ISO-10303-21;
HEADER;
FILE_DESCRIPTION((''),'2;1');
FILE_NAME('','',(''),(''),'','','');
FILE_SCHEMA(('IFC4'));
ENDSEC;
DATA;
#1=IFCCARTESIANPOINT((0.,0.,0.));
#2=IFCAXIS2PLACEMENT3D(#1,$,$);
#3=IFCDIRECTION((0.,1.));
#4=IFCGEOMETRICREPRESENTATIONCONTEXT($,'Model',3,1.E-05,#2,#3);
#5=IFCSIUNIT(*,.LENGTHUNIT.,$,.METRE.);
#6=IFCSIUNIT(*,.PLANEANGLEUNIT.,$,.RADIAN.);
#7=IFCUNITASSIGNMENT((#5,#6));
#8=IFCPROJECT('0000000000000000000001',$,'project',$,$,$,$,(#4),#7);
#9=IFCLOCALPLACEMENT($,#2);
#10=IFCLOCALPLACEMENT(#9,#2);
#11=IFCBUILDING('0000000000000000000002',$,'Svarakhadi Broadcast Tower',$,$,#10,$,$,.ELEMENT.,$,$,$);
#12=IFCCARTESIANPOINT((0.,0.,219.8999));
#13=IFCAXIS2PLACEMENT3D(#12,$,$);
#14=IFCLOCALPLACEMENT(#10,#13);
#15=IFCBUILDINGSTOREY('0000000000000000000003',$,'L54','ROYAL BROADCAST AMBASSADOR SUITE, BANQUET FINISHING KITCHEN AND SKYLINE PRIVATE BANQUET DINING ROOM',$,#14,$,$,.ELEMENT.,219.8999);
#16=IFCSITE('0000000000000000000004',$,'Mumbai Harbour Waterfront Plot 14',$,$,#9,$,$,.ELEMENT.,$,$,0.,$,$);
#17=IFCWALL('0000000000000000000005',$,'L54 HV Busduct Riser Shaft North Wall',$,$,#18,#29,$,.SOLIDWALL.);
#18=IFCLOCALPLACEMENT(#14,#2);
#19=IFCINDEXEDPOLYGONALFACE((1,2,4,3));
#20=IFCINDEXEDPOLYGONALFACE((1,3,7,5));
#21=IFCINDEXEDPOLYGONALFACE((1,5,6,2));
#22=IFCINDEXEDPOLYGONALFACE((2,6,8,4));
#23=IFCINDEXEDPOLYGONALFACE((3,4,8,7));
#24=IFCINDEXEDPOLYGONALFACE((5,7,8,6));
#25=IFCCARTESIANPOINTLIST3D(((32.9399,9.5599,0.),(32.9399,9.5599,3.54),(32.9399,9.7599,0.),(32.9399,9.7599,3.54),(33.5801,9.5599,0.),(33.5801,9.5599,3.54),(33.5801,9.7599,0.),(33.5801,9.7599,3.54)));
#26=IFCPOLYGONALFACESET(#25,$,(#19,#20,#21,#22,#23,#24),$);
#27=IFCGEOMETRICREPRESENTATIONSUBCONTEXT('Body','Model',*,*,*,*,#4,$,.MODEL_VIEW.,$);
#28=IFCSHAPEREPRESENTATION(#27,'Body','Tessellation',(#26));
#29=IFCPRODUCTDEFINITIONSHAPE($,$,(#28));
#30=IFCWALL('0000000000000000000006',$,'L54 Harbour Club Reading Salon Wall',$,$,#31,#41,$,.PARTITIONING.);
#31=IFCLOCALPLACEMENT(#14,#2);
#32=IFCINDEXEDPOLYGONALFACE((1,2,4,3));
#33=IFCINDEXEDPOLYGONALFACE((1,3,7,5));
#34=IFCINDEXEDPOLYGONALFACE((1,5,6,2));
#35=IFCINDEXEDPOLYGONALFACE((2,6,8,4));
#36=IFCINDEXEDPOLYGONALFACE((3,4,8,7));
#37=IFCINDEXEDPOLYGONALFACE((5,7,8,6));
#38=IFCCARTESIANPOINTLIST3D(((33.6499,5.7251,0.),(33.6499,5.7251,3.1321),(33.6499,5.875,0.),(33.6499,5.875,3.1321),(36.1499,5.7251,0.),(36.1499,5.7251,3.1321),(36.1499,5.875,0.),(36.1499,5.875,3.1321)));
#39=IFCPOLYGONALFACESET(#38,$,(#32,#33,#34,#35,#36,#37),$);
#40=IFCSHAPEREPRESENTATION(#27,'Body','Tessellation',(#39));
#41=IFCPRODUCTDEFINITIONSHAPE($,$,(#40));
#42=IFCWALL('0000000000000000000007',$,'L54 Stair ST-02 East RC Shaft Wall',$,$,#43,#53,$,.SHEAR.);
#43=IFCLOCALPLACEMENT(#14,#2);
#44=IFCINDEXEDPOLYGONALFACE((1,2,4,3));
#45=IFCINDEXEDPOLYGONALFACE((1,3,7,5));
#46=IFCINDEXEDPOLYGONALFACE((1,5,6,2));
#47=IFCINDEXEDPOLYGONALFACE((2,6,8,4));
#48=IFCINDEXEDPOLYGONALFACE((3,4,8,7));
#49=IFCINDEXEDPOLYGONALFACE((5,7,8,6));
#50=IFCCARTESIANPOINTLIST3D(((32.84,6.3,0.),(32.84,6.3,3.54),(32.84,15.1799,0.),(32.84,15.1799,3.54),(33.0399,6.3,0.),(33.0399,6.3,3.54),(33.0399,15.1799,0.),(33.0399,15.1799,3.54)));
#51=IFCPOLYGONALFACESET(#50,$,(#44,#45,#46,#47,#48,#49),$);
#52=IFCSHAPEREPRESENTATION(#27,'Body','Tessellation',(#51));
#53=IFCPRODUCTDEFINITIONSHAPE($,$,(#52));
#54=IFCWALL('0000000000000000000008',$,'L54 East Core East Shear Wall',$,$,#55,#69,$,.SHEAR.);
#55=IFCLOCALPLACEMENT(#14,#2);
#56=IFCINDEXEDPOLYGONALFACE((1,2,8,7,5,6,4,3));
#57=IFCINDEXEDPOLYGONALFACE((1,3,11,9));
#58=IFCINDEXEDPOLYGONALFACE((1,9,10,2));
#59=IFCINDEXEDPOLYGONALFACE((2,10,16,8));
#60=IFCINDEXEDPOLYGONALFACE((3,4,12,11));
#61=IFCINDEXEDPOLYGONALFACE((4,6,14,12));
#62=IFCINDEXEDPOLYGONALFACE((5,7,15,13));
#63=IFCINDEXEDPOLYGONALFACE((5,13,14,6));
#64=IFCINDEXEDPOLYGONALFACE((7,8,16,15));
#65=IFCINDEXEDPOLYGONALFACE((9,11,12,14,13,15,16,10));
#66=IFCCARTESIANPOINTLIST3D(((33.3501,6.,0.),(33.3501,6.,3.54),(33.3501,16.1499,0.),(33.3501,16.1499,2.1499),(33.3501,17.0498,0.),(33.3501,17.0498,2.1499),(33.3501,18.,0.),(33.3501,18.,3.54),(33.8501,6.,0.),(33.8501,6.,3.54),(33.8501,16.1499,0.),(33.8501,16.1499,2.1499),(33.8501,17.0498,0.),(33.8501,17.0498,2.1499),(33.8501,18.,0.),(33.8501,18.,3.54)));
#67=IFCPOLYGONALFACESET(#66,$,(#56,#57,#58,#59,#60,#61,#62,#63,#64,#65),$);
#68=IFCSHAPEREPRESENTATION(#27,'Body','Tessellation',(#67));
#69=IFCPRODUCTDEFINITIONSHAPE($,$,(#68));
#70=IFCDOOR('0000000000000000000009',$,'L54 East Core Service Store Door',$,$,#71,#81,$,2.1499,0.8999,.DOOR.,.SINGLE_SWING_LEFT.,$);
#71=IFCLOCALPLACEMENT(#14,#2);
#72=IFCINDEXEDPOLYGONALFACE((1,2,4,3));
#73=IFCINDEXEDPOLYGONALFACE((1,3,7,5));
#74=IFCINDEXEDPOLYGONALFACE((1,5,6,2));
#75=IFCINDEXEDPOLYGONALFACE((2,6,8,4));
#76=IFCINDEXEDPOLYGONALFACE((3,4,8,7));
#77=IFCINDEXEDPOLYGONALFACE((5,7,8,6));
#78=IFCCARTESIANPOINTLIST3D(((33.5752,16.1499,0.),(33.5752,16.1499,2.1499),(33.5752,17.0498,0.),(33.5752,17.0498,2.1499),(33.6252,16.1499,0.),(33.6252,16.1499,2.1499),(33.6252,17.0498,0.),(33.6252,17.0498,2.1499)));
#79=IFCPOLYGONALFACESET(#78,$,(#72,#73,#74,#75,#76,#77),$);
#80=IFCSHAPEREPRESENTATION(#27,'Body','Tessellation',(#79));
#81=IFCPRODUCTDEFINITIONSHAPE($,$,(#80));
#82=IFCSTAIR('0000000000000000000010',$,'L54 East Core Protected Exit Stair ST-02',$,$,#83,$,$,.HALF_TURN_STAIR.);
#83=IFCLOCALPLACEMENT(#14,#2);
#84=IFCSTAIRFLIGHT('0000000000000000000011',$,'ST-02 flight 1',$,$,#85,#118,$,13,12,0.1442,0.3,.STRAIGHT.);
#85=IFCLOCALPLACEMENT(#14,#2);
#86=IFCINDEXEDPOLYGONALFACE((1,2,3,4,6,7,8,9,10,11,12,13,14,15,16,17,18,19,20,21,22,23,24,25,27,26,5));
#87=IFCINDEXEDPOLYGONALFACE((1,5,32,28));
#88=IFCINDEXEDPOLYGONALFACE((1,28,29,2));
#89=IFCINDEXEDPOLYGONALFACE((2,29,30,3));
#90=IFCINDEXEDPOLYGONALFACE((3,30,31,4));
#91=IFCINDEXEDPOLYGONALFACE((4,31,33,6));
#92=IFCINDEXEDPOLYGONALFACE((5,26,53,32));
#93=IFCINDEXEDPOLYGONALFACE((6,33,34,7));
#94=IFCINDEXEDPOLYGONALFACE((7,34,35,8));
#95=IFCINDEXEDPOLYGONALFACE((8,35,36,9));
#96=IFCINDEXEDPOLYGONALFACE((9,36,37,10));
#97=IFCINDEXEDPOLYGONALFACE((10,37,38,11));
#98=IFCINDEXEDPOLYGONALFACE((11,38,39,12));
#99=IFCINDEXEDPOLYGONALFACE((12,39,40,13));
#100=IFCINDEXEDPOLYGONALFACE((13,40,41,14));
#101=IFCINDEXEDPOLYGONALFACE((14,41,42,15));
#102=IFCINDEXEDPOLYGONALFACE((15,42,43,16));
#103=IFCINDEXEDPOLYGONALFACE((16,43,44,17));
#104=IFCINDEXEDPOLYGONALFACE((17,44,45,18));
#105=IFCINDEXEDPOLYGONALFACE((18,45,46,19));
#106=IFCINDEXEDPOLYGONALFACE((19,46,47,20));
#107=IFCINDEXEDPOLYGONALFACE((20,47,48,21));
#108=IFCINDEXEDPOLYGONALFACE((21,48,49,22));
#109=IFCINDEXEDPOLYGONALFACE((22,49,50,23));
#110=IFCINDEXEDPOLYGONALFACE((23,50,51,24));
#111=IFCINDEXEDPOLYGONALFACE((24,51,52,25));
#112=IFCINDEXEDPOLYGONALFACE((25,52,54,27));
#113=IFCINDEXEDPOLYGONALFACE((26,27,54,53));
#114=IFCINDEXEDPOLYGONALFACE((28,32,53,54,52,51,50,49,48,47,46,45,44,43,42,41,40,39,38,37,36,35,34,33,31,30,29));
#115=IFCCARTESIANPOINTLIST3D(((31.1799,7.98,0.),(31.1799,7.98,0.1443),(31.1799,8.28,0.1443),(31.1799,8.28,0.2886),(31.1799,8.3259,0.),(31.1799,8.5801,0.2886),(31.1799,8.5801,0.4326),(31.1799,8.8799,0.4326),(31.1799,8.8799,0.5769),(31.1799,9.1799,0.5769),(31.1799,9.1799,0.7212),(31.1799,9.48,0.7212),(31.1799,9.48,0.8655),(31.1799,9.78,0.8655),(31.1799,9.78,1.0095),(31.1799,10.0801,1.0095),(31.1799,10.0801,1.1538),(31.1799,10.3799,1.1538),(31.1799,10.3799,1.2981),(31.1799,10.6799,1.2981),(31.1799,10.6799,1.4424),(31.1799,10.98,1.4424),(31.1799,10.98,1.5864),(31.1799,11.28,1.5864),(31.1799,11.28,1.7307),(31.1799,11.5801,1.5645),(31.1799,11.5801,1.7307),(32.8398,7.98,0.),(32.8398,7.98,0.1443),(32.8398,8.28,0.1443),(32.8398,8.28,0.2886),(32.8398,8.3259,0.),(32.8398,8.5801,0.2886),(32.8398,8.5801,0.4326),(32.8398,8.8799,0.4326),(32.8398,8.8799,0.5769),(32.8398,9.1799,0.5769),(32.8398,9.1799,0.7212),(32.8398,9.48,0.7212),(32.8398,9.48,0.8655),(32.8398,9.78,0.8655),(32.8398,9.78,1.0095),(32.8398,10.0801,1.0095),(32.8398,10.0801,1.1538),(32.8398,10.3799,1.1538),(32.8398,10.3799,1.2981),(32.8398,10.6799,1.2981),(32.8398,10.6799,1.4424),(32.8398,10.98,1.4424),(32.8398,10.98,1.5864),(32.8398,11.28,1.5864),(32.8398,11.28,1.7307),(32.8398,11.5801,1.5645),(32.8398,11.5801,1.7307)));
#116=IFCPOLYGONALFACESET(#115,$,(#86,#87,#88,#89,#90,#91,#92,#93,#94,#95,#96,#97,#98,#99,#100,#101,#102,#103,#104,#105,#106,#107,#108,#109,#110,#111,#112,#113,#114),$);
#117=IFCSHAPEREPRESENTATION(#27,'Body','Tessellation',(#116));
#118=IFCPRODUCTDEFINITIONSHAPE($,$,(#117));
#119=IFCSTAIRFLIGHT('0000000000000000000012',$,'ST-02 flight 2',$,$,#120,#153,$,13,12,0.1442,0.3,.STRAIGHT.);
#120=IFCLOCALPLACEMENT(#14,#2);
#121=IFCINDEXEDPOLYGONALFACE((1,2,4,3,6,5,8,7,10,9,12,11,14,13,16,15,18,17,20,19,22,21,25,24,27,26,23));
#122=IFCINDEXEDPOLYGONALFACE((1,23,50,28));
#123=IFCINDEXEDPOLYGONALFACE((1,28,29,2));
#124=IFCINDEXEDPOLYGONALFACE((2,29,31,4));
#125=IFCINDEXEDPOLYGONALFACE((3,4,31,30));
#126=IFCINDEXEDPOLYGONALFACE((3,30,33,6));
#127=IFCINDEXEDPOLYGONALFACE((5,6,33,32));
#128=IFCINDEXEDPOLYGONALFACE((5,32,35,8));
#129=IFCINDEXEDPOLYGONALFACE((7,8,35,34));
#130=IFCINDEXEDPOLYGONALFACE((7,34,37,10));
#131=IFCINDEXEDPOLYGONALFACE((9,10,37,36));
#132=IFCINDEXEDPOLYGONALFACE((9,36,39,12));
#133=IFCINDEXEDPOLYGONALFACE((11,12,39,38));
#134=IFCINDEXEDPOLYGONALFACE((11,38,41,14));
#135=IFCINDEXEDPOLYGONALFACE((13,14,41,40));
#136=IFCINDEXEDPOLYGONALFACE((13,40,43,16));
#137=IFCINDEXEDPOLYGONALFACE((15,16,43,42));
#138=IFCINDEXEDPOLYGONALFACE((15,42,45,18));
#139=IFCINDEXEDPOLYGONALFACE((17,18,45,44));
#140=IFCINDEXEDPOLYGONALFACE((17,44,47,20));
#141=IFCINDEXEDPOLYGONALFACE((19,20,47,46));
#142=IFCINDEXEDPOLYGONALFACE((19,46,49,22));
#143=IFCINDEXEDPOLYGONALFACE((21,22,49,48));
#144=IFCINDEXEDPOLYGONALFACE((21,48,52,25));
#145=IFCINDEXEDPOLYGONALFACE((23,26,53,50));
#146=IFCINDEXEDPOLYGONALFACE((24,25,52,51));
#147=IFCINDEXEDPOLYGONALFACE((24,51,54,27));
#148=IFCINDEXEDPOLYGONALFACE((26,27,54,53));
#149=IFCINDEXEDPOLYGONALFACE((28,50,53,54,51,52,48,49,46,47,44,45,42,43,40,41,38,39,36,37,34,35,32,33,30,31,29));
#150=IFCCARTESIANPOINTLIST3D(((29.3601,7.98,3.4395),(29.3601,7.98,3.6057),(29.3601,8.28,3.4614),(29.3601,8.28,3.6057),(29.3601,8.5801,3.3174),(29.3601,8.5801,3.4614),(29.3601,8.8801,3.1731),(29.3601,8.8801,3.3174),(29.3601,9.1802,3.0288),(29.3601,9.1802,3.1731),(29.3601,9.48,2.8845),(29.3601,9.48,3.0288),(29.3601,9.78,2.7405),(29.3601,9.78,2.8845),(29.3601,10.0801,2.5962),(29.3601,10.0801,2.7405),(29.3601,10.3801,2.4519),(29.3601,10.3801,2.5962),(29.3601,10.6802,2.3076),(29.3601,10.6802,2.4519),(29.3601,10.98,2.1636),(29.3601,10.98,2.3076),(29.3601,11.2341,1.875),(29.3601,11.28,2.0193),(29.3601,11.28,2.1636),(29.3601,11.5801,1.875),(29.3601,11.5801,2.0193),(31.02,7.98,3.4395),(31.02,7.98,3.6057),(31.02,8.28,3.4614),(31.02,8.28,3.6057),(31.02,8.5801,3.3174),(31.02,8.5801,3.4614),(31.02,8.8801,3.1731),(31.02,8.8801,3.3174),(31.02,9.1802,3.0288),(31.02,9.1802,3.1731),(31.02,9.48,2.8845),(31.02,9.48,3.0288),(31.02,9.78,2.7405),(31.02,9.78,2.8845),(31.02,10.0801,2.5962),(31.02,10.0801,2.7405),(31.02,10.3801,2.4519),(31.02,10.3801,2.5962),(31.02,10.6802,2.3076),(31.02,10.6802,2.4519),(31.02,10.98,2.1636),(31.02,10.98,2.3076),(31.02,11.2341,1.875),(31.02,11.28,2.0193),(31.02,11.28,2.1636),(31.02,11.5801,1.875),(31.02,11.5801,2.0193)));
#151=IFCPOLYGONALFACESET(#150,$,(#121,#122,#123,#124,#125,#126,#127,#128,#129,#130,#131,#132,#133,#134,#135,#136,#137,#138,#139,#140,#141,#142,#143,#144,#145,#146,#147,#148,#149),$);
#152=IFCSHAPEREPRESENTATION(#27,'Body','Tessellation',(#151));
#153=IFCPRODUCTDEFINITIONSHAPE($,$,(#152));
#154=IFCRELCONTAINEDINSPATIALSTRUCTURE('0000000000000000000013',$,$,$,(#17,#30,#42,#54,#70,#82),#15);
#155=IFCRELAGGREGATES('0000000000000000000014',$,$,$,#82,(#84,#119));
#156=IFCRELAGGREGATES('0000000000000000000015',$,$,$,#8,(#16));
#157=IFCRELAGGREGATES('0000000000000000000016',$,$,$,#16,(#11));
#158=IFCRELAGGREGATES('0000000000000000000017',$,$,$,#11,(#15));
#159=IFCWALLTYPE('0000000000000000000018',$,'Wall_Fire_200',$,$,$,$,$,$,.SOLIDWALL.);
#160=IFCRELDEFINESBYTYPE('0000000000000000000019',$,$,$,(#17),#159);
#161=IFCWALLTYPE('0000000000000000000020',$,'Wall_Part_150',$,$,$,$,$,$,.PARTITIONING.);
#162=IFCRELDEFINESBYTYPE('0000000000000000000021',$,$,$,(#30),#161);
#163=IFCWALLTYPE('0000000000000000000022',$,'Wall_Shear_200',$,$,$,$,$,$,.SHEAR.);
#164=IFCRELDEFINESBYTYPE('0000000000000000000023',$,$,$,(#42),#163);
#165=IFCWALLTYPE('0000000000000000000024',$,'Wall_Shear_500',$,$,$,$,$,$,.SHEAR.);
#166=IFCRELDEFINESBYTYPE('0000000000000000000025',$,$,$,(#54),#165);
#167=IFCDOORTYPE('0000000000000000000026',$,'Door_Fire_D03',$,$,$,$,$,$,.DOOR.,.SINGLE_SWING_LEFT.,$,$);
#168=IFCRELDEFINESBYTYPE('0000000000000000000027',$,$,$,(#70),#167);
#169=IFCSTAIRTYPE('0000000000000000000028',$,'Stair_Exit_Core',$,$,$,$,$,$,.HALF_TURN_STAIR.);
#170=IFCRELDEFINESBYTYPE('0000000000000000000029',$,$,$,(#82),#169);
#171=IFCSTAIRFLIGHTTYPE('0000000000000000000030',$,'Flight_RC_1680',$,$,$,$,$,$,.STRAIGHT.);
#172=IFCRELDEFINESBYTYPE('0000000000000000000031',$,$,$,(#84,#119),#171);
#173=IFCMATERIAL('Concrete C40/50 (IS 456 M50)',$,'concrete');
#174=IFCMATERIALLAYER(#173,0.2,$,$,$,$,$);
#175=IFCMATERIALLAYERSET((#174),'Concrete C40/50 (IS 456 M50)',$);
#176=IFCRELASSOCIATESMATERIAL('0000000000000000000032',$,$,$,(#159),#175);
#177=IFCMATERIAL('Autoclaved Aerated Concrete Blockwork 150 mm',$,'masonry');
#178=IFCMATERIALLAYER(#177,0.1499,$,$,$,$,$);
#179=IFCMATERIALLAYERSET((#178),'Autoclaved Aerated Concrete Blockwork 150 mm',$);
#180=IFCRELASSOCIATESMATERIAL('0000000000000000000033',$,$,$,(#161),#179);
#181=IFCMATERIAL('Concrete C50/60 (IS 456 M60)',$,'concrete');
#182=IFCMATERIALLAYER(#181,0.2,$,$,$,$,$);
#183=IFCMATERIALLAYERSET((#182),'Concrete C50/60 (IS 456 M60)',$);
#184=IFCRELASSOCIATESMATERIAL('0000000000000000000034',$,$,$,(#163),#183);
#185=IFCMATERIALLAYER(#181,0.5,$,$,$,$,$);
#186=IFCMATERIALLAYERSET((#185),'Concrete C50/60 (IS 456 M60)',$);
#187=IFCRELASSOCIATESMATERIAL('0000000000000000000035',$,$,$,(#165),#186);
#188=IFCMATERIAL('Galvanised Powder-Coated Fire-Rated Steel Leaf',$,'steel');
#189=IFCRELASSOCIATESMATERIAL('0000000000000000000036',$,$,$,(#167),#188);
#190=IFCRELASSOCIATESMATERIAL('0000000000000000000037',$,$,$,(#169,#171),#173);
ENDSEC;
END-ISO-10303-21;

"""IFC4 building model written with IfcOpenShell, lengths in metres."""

from ifc_helpers import new_model, si_unit, direction, frame, frame_2d, origin, place, context, subcontext, project, spatial, polyline, rectangle, outline, extrude, material, layer, layer_set, type_object, element, fill, aggregate, save


model = new_model("IFC4")

# Units and contexts
model_context = context("Model", 3, precision=1e-05, world=origin(), true_north=direction((0.0, 1.0)))
body_context = subcontext(model_context, "Body", "Model", "MODEL_VIEW")
ifc_project = project(units=[si_unit("LENGTHUNIT", "METRE"), si_unit("PLANEANGLEUNIT", "RADIAN")], contexts=[model_context])

# Site, building, storey
site_placement = place(None, origin())
site = spatial("IfcSite", under=ifc_project, at=site_placement, Name="Mumbai Harbour Waterfront Plot 14", CompositionType="ELEMENT", RefElevation=0.0)
building_placement = place(site_placement, origin())
building = spatial("IfcBuilding", under=site, at=building_placement, Name="Svarakhadi Broadcast Tower", CompositionType="ELEMENT")
storey_placement = place(building_placement, frame((0.0, 0.0, 219.8999)))
storey = spatial("IfcBuildingStorey", under=building, at=storey_placement, Name="L54", Description="ROYAL BROADCAST AMBASSADOR SUITE, BANQUET FINISHING KITCHEN AND SKYLINE PRIVATE BANQUET DINING ROOM", CompositionType="ELEMENT", Elevation=219.8999)

# Shared definitions
ifc_material_1 = material(Name="Concrete C50/60 (IS 456 M60)", Category="concrete")

# Walls
ifc_material_2 = material(Name="Concrete C40/50 (IS 456 M50)", Category="concrete")
ifc_layer_1 = layer(ifc_material_2, 0.2)
ifc_layer_set_1 = layer_set([ifc_layer_1], Name="Concrete C40/50 (IS 456 M50)")
wall_type_1 = type_object("IfcWallType", Name="Wall_Fire_200", PredefinedType="SOLIDWALL", material=ifc_layer_set_1)
wall_1_placement = place(storey_placement, frame((32.9399, 9.6599, 0.0), z_axis=(0.0, 0.0, 1.0), x_axis=(1.0, 0.0, 0.0)))
element("IfcWall", 1, at=wall_1_placement, inside=storey, type_object=wall_type_1, Name="L54 HV Busduct Riser Shaft North Wall", PredefinedType="SOLIDWALL", context=body_context, shape_type="SweptSolid", body=[
    extrude(rectangle(XDim=0.6401, YDim=0.2, at=frame_2d((0.3201, 0.0))), origin(), (0.0, 0.0, 1.0), 3.54),
])
ifc_material_3 = material(Name="Autoclaved Aerated Concrete Blockwork 150 mm", Category="masonry")
ifc_layer_2 = layer(ifc_material_3, 0.1499)
ifc_layer_set_2 = layer_set([ifc_layer_2], Name="Autoclaved Aerated Concrete Blockwork 150 mm")
wall_type_2 = type_object("IfcWallType", Name="Wall_Part_150", PredefinedType="PARTITIONING", material=ifc_layer_set_2)
wall_2_placement = place(storey_placement, frame((33.6499, 5.8, 0.0), z_axis=(0.0, 0.0, 1.0), x_axis=(1.0, 0.0, 0.0)))
element("IfcWall", 2, at=wall_2_placement, inside=storey, type_object=wall_type_2, Name="L54 Harbour Club Reading Salon Wall", PredefinedType="PARTITIONING", context=body_context, shape_type="SweptSolid", body=[
    extrude(rectangle(XDim=2.5, YDim=0.1499, at=frame_2d((1.25, 0.0))), origin(), (0.0, 0.0, 1.0), 3.1321),
])
ifc_layer_3 = layer(ifc_material_1, 0.2)
ifc_layer_set_3 = layer_set([ifc_layer_3], Name="Concrete C50/60 (IS 456 M60)")
wall_type_3 = type_object("IfcWallType", Name="Wall_Shear_200", PredefinedType="SHEAR", material=ifc_layer_set_3)
wall_3_placement = place(storey_placement, frame((32.9399, 6.3, 0.0), z_axis=(0.0, 0.0, 1.0), x_axis=(0.0, 1.0, 0.0)))
element("IfcWall", 3, at=wall_3_placement, inside=storey, type_object=wall_type_3, Name="L54 Stair ST-02 East RC Shaft Wall", PredefinedType="SHEAR", context=body_context, shape_type="SweptSolid", body=[
    extrude(rectangle(XDim=8.8799, YDim=0.2, at=frame_2d((4.4399, 0.0))), origin(), (0.0, 0.0, 1.0), 3.54),
])

# Wall, opening, door
ifc_layer_4 = layer(ifc_material_1, 0.5)
ifc_layer_set_4 = layer_set([ifc_layer_4], Name="Concrete C50/60 (IS 456 M60)")
wall_type_4 = type_object("IfcWallType", Name="Wall_Shear_500", PredefinedType="SHEAR", material=ifc_layer_set_4)
wall_4_placement = place(storey_placement, frame((33.6001, 6.0, 0.0), z_axis=(0.0, 0.0, 1.0), x_axis=(0.0, 1.0, 0.0)))
wall_4 = element("IfcWall", 4, at=wall_4_placement, inside=storey, type_object=wall_type_4, Name="L54 East Core East Shear Wall", PredefinedType="SHEAR", context=body_context, shape_type="SweptSolid", body=[
    extrude(rectangle(XDim=12.0, YDim=0.5, at=frame_2d((6.0, 0.0))), origin(), (0.0, 0.0, 1.0), 3.54),
])
opening_placement = place(wall_4_placement, frame((10.1499, 0.0, 0.0)))
opening = element("IfcOpeningElement", 5, at=opening_placement, cuts=wall_4, PredefinedType="OPENING", context=body_context, shape_type="SweptSolid", body=[
    extrude(rectangle(XDim=0.8999, YDim=2.1499, at=frame_2d((0.45, 1.075))), frame((0.0, 0.26, 0.0), z_axis=(0.0, -1.0, 0.0), x_axis=(1.0, 0.0, 0.0)), (0.0, 0.0, 1.0), 0.52),
])
ifc_material_4 = material(Name="Galvanised Powder-Coated Fire-Rated Steel Leaf", Category="steel")
door_type = type_object("IfcDoorType", Name="Door_Fire_D03", OperationType="SINGLE_SWING_LEFT", PredefinedType="DOOR", material=ifc_material_4)
door_placement = place(opening_placement, origin())
door = element("IfcDoor", 6, at=door_placement, inside=storey, type_object=door_type, Name="L54 East Core Service Store Door", OperationType="SINGLE_SWING_LEFT", OverallHeight=2.1499, OverallWidth=0.8999, PredefinedType="DOOR", context=body_context, shape_type="SweptSolid", body=[
    extrude(rectangle(XDim=0.8999, YDim=2.1499, at=frame_2d((0.45, 1.075))), frame((0.0, 0.0249, 0.0), z_axis=(0.0, -1.0, 0.0), x_axis=(1.0, 0.0, 0.0)), (0.0, 0.0, 1.0), 0.05),
])
fill(opening, door)

# Stair, stair flights
stair_type = type_object("IfcStairType", Name="Stair_Exit_Core", PredefinedType="HALF_TURN_STAIR", material=ifc_material_2)
stair_placement = place(storey_placement, origin())
stair = element("IfcStair", 7, at=stair_placement, inside=storey, type_object=stair_type, Name="L54 East Core Protected Exit Stair ST-02", PredefinedType="HALF_TURN_STAIR")
stair_flight_type = type_object("IfcStairFlightType", Name="Flight_RC_1680", PredefinedType="STRAIGHT", material=ifc_material_2)
stair_flight_1_placement = place(storey_placement, frame((32.01, 7.98, 0.0), z_axis=(0.0, 0.0, 1.0), x_axis=(0.0, 1.0, 0.0)))
stair_flight_1 = element("IfcStairFlight", 8, at=stair_flight_1_placement, type_object=stair_flight_type, Name="ST-02 flight 1", NumberOfRisers=13, NumberOfTreads=12, PredefinedType="STRAIGHT", RiserHeight=0.1442, TreadLength=0.3, context=body_context, shape_type="SweptSolid", body=[
    extrude(outline(polyline([(0.0, 0.0), (0.0, 0.1443), (0.3, 0.1443), (0.3, 0.2886), (0.6001, 0.2886), (0.6001, 0.4326), (0.8999, 0.4326), (0.8999, 0.5769), (1.2, 0.5769), (1.2, 0.7212), (1.5, 0.7212), (1.5, 0.8655), (1.8, 0.8655), (1.8, 1.0095), (2.1001, 1.0095), (2.1001, 1.1538), (2.3999, 1.1538), (2.3999, 1.2981), (2.7, 1.2981), (2.7, 1.4424), (3.0, 1.4424), (3.0, 1.5864), (3.3, 1.5864), (3.3, 1.7307), (3.6001, 1.7307), (3.6001, 1.875), (3.6001, 1.5645), (0.3459, 0.0), (0.0, 0.0)])), frame((0.0, 0.8301, 0.0), z_axis=(0.0, -1.0, 0.0), x_axis=(1.0, 0.0, 0.0)), (0.0, 0.0, 1.0), 1.6599),
])
stair_flight_2_placement = place(storey_placement, frame((30.1899, 11.5801, 1.875), z_axis=(0.0, 0.0, 1.0), x_axis=(0.0, -1.0, 0.0)))
stair_flight_2 = element("IfcStairFlight", 9, at=stair_flight_2_placement, type_object=stair_flight_type, Name="ST-02 flight 2", NumberOfRisers=13, NumberOfTreads=12, PredefinedType="STRAIGHT", RiserHeight=0.1442, TreadLength=0.3, context=body_context, shape_type="SweptSolid", body=[
    extrude(outline(polyline([(0.0, 0.0), (0.0, 0.1443), (0.3, 0.1443), (0.3, 0.2886), (0.6001, 0.2886), (0.6001, 0.4326), (0.8999, 0.4326), (0.8999, 0.5769), (1.2, 0.5769), (1.2, 0.7212), (1.5, 0.7212), (1.5, 0.8655), (1.8, 0.8655), (1.8, 1.0095), (2.1001, 1.0095), (2.1001, 1.1538), (2.3999, 1.1538), (2.3999, 1.2981), (2.7, 1.2981), (2.7, 1.4424), (3.0, 1.4424), (3.0, 1.5864), (3.3, 1.5864), (3.3, 1.7307), (3.6001, 1.7307), (3.6001, 1.875), (3.6001, 1.5645), (0.3459, 0.0), (0.0, 0.0)])), frame((0.0, 0.8301, 0.0), z_axis=(0.0, -1.0, 0.0), x_axis=(1.0, 0.0, 0.0)), (0.0, 0.0, 1.0), 1.6599),
])
aggregate(stair, [stair_flight_1, stair_flight_2])

save(model, "model.ifc")
